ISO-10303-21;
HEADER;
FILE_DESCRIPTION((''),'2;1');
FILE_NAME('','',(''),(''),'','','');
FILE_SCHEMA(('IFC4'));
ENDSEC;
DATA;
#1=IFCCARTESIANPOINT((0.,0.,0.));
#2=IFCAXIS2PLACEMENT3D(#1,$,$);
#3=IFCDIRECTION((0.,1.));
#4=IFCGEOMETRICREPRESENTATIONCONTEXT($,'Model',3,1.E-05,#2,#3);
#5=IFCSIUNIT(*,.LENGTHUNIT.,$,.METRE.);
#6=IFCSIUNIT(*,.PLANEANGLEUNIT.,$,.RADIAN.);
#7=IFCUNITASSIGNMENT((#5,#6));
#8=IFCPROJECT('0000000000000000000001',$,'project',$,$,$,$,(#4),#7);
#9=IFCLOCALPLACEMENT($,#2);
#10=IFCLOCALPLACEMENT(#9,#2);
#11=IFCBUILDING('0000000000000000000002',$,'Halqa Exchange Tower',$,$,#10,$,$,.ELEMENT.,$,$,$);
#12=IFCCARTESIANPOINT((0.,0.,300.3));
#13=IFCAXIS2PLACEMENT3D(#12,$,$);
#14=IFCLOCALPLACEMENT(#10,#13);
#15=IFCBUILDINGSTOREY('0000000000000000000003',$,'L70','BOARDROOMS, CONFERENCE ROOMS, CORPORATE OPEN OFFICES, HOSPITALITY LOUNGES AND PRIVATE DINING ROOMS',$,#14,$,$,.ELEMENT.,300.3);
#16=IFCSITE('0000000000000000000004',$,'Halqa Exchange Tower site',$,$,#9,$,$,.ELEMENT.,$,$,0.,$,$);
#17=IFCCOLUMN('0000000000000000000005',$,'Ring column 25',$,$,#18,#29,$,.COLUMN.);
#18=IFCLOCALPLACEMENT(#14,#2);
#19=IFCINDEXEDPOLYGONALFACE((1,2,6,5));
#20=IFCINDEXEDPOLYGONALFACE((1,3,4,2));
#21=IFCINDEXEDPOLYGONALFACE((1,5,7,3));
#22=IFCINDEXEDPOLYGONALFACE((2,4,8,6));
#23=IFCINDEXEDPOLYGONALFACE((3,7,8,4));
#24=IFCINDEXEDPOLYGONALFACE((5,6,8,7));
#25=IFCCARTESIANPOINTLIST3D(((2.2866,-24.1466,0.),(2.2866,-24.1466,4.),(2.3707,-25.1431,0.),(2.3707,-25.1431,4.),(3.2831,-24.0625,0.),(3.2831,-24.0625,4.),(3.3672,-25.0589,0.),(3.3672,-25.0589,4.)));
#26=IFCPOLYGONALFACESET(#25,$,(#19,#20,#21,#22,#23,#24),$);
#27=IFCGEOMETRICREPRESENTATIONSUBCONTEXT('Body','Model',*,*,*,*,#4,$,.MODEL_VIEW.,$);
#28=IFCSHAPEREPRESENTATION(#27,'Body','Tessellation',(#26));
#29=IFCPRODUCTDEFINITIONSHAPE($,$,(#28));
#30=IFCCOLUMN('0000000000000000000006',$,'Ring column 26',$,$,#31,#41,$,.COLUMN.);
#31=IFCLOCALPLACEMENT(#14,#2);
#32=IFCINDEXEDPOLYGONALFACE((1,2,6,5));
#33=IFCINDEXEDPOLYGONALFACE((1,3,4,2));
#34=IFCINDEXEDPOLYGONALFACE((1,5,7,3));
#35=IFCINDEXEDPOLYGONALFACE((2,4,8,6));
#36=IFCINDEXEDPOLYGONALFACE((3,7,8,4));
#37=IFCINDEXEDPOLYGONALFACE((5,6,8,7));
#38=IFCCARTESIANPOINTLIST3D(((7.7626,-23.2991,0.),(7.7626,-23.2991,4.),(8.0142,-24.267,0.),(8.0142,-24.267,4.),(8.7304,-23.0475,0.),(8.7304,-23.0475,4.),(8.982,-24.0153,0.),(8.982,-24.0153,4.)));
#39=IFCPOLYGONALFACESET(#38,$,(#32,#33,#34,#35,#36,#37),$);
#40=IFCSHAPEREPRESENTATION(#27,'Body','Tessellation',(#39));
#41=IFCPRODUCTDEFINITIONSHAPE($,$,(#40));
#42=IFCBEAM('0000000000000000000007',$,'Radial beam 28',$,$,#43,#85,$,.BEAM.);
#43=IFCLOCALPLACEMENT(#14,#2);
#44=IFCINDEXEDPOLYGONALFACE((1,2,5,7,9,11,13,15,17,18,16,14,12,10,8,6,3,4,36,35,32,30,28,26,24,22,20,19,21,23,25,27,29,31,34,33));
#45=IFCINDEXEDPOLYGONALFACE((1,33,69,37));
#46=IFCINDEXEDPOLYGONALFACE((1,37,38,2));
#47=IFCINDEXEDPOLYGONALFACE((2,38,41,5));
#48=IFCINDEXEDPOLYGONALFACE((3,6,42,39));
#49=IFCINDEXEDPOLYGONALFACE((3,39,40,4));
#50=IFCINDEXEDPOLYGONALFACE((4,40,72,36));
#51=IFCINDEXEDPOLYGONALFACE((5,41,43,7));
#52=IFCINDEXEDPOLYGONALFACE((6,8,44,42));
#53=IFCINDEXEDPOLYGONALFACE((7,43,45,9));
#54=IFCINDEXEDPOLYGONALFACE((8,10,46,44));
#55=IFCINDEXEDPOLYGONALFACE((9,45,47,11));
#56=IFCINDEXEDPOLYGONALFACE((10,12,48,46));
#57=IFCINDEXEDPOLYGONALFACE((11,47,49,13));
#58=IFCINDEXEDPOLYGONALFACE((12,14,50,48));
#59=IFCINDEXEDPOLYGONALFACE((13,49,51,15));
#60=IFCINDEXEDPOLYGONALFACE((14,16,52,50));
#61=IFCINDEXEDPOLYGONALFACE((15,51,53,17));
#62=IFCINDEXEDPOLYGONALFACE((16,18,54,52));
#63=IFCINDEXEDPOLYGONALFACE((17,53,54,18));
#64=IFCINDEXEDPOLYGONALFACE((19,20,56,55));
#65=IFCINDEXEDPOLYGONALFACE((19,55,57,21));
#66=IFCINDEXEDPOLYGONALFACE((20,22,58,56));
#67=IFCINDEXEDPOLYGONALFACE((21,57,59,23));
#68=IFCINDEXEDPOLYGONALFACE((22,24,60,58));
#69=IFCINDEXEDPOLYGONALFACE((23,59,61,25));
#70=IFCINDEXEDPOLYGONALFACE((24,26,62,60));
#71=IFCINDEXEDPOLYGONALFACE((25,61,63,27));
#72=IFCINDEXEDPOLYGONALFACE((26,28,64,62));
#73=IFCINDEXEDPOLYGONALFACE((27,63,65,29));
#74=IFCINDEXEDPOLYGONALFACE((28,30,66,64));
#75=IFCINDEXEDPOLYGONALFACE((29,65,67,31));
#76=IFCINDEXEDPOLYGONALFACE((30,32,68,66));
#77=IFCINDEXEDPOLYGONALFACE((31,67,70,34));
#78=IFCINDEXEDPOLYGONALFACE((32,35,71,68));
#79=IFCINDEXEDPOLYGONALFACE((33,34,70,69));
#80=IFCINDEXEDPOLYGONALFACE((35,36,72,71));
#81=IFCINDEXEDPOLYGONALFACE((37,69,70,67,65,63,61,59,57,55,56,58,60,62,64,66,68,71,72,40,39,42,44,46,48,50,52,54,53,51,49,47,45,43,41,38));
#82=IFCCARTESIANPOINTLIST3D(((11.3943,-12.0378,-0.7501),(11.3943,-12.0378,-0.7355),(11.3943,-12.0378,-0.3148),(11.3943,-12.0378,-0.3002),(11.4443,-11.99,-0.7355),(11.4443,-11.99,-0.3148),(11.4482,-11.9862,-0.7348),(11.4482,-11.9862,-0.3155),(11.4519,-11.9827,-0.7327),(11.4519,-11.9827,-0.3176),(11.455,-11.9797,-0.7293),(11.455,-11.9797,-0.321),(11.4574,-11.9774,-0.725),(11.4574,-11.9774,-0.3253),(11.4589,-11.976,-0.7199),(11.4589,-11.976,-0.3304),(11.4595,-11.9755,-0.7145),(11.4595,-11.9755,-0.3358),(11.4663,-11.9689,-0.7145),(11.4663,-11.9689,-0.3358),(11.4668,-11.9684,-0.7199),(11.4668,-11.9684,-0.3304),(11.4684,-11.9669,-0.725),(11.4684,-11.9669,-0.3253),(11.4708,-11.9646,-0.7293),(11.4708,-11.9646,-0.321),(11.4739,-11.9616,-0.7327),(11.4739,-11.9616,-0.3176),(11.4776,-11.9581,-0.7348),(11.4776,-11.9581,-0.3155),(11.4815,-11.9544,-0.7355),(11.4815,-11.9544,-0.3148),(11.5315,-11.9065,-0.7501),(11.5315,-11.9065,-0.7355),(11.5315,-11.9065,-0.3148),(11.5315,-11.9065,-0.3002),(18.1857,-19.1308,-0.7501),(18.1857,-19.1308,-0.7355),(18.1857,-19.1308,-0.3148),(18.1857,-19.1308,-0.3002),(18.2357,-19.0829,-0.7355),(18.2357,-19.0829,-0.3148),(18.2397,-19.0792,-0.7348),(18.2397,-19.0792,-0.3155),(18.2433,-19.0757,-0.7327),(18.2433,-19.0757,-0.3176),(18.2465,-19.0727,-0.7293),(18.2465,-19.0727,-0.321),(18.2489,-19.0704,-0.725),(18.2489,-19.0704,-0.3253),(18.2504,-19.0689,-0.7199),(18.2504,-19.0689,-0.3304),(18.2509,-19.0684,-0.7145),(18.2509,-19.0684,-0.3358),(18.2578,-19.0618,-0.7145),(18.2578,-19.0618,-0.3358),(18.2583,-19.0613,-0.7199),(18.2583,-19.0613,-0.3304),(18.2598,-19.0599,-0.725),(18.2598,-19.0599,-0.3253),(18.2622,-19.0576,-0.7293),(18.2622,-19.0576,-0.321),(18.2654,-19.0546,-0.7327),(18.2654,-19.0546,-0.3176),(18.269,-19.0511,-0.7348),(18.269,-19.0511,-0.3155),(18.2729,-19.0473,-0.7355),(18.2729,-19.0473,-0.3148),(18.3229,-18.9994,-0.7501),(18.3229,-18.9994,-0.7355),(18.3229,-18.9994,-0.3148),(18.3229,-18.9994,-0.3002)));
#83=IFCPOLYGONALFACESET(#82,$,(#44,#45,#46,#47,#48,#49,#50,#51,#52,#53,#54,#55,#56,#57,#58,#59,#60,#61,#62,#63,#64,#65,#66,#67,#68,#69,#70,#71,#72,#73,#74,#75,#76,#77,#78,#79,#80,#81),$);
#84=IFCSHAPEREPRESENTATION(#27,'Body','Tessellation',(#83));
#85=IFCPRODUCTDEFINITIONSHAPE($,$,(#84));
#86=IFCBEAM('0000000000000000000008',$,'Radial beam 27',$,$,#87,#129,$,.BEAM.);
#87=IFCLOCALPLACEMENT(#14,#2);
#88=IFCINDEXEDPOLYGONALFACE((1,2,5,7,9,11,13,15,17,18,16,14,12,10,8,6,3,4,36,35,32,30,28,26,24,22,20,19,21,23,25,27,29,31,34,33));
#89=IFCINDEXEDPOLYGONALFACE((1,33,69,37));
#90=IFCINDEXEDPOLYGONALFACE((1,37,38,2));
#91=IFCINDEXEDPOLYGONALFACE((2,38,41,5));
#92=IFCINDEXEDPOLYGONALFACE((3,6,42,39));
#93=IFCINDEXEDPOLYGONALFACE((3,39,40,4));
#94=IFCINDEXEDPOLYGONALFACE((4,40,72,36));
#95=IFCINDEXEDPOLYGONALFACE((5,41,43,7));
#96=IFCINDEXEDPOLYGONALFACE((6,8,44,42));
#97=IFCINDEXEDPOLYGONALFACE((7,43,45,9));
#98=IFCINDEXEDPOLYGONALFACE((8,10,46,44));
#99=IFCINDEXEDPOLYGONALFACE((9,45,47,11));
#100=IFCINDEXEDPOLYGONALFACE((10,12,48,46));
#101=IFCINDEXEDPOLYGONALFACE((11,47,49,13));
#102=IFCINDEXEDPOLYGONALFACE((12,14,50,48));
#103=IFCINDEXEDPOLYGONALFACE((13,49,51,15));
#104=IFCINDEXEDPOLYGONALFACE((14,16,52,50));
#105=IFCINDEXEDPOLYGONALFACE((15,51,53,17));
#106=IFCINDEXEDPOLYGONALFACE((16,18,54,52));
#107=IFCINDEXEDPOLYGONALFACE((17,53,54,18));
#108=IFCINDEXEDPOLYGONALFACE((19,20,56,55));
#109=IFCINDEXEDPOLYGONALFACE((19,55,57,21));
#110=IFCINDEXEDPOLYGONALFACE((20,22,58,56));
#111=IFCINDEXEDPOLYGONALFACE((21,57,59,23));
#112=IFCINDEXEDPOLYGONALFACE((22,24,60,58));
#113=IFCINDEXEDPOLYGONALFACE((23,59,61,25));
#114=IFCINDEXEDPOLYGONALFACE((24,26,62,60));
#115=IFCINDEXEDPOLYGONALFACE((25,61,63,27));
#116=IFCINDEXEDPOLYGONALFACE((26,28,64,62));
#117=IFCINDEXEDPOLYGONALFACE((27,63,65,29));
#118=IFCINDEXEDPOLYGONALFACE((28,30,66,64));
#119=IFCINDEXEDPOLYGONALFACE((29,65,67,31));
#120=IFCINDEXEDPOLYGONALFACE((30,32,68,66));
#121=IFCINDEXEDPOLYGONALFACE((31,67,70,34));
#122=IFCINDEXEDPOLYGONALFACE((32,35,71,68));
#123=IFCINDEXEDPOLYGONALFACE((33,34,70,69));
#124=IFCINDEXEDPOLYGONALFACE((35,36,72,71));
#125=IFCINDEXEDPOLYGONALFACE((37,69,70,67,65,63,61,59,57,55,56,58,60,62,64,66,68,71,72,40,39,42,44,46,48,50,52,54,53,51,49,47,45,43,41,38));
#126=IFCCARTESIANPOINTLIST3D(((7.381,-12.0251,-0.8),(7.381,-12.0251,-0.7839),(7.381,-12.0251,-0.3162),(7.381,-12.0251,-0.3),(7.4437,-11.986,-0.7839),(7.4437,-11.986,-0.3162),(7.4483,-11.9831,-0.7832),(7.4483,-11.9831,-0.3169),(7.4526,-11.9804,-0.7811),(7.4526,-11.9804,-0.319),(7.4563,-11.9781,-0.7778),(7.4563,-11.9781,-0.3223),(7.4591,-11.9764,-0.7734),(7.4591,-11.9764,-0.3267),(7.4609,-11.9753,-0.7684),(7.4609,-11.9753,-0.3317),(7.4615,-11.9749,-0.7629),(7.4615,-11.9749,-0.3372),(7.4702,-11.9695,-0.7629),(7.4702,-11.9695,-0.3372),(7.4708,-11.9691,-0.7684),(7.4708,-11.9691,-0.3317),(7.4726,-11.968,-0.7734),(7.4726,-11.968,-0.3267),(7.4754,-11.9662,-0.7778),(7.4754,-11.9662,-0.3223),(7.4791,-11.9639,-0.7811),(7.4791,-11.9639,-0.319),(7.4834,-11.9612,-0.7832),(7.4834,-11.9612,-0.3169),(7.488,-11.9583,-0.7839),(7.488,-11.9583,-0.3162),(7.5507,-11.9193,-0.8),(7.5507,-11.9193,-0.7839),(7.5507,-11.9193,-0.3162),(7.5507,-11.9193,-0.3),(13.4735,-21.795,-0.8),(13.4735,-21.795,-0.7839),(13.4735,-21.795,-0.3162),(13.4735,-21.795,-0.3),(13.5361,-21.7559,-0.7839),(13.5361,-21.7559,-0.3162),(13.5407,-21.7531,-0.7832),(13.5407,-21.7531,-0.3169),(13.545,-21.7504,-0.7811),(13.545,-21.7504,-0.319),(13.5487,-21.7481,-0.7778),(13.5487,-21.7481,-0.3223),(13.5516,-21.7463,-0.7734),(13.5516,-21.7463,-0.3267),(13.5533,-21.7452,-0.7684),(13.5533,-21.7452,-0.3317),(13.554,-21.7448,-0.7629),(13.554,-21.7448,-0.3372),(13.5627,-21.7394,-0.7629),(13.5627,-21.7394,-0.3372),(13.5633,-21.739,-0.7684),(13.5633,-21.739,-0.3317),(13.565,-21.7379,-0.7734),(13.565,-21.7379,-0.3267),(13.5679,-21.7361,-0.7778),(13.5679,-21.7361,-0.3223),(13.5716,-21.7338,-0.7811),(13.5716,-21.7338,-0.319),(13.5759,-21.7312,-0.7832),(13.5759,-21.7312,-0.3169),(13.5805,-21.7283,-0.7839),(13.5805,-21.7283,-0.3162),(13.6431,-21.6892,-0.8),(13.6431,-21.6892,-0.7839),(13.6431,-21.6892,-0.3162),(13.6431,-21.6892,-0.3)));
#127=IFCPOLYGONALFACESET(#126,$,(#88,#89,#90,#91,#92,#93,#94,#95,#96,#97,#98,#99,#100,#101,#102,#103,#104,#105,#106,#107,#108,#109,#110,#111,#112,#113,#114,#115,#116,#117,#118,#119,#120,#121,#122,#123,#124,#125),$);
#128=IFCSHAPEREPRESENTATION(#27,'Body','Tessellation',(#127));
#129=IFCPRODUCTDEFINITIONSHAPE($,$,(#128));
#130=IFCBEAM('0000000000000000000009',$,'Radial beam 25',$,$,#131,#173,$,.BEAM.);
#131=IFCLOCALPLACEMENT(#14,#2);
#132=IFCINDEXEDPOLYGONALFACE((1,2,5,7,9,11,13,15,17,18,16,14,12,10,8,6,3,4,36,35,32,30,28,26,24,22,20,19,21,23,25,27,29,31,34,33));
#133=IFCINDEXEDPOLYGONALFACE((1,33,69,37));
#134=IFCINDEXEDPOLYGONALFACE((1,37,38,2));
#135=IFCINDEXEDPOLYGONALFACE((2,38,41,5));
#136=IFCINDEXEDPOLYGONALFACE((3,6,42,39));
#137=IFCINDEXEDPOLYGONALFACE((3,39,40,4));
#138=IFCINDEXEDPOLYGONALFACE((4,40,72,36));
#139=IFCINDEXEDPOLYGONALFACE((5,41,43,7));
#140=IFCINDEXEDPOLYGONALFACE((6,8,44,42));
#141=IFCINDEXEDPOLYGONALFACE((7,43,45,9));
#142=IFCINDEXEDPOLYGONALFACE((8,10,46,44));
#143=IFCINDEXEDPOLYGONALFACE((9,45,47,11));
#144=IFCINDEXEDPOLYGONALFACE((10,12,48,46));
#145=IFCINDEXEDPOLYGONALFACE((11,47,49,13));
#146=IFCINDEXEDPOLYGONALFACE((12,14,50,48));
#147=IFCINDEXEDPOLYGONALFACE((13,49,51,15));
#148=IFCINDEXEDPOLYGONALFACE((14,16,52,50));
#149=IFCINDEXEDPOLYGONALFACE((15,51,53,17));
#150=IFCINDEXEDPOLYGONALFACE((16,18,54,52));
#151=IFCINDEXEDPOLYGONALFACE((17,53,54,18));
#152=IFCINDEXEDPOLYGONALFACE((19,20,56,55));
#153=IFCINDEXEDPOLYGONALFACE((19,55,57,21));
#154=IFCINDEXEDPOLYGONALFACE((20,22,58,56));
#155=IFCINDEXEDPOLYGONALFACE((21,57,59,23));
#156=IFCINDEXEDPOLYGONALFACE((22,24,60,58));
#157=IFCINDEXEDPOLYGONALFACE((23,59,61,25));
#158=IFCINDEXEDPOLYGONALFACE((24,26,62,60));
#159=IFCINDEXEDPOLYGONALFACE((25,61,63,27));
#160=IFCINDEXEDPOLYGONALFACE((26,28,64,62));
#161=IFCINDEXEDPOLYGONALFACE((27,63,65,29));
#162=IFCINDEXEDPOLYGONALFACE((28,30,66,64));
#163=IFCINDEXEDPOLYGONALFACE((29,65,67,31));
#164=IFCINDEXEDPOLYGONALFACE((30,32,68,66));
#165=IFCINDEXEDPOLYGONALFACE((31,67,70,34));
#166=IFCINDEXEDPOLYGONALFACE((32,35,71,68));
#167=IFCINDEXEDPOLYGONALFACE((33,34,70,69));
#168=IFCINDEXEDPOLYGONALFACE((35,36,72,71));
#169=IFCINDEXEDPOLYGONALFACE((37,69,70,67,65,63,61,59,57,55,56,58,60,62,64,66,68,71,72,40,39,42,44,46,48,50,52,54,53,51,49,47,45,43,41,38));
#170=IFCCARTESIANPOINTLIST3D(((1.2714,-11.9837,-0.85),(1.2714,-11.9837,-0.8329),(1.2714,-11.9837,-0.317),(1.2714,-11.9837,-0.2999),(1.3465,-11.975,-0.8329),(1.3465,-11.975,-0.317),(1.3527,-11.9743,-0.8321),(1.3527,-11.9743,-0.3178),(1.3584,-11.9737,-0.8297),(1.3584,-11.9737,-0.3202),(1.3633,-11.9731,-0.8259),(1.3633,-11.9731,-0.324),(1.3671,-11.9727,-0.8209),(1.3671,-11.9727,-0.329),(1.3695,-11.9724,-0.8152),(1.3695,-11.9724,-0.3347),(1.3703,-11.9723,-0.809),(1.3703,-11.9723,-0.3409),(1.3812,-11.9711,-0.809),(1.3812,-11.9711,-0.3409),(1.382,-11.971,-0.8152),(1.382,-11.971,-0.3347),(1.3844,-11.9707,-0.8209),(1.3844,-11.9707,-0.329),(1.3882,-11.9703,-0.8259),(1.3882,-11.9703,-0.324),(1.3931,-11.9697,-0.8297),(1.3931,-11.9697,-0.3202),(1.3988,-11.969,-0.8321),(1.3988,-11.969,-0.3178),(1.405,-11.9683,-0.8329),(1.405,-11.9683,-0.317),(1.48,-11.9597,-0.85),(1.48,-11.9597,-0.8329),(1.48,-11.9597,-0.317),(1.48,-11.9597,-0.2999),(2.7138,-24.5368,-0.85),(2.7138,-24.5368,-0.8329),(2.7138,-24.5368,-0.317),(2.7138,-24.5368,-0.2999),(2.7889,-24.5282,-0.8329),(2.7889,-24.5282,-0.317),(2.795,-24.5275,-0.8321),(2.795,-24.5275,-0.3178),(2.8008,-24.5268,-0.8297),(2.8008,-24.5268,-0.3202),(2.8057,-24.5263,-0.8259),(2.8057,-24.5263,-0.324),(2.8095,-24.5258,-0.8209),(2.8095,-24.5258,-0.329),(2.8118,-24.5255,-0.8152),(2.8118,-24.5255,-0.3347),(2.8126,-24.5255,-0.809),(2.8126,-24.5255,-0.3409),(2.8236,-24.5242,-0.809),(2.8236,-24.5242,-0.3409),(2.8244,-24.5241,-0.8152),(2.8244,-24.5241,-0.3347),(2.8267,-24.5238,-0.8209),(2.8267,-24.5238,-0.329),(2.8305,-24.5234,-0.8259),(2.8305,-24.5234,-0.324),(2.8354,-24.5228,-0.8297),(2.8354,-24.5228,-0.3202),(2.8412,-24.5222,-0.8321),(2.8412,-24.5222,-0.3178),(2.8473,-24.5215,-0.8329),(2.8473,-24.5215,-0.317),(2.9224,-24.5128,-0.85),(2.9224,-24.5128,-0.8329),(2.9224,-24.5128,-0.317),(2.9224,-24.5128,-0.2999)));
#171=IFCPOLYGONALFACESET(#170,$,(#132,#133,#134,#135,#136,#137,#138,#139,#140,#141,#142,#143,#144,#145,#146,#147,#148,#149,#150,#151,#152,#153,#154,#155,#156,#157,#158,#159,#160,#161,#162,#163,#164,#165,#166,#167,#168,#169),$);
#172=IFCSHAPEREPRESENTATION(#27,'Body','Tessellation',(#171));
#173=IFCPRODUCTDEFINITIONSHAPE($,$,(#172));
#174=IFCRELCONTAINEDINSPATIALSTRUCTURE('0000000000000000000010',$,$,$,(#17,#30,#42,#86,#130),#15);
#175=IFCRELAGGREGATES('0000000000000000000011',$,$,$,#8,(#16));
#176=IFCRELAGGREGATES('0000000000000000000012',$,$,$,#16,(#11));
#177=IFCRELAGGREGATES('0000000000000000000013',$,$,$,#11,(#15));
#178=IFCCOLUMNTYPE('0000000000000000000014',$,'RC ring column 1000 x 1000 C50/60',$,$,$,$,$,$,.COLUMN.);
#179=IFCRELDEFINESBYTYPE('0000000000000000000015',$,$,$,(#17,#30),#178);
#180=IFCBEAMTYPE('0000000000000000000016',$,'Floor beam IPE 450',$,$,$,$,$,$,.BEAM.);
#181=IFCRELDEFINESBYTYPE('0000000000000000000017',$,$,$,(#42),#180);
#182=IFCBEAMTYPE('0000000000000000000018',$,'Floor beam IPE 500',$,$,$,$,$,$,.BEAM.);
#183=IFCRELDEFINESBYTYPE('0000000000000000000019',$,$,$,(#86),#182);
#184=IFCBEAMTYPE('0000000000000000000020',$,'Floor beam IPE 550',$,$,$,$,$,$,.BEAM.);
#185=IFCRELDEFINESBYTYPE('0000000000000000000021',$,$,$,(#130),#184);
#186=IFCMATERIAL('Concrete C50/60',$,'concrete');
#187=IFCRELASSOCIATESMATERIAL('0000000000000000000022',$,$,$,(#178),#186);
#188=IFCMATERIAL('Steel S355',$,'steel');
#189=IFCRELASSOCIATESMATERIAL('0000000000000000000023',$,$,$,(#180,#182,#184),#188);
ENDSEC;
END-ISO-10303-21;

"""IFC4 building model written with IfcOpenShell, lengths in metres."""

from ifc_helpers import new_model, si_unit, direction, frame, origin, origin_2d, place, context, subcontext, project, spatial, rectangle, i_section, extrude, material, material_profile, profile_set, type_object, element, save


model = new_model("IFC4")

# Units and contexts
model_context = context("Model", 3, precision=1e-05, world=origin(), true_north=direction((0.0, 1.0)))
body_context = subcontext(model_context, "Body", "Model", "MODEL_VIEW")
ifc_project = project(units=[si_unit("LENGTHUNIT", "METRE"), si_unit("PLANEANGLEUNIT", "RADIAN")], contexts=[model_context])

# Site, building, storey
site_placement = place(None, origin())
site = spatial("IfcSite", under=ifc_project, at=site_placement, Name="Halqa Exchange Tower site", CompositionType="ELEMENT", RefElevation=0.0)
building_placement = place(site_placement, origin())
building = spatial("IfcBuilding", under=site, at=building_placement, Name="Halqa Exchange Tower", CompositionType="ELEMENT")
storey_placement = place(building_placement, frame((0.0, 0.0, 300.3)))
storey = spatial("IfcBuildingStorey", under=building, at=storey_placement, Name="L70", Description="BOARDROOMS, CONFERENCE ROOMS, CORPORATE OPEN OFFICES, HOSPITALITY LOUNGES AND PRIVATE DINING ROOMS", CompositionType="ELEMENT", Elevation=300.3)

# Columns
ifc_material_1 = material(Name="Concrete C50/60", Category="concrete")
ifc_material_profile_1 = material_profile(ifc_material_1, rectangle(XDim=1.0, YDim=1.0, at=origin_2d()), Name="1000 x 1000")
ifc_profile_set_1 = profile_set([ifc_material_profile_1], Name="Concrete C50/60")
column_type = type_object("IfcColumnType", Name="RC ring column 1000 x 1000 C50/60", PredefinedType="COLUMN", material=ifc_profile_set_1)
for number, where, z_axis, x_axis, name in (
    (1, (2.8269, -24.6028, 0.0), (0.0, 0.0, 1.0), (0.996455, 0.084125, 0.0), "Ring column 25"),
    (2, (8.3723, -23.6572, 0.0), (0.0, 0.0, 1.0), (0.96782, 0.251645, 0.0), "Ring column 26"),
):
    element("IfcColumn", number, at=place(storey_placement, frame(where, z_axis=z_axis, x_axis=x_axis)), inside=storey, type_object=column_type, Name=name, PredefinedType="COLUMN", context=body_context, shape_type="SweptSolid", body=[
        extrude(rectangle(XDim=1.0, YDim=1.0, at=origin_2d()), origin(), (0.0, 0.0, 1.0), 4.0),
    ])

# Beams
ifc_material_2 = material(Name="Steel S355", Category="steel")
ifc_material_profile_2 = material_profile(ifc_material_2, i_section(OverallWidth=0.1899, OverallDepth=0.45, WebThickness=0.0095, FlangeThickness=0.0146, FilletRadius=0.021, at=origin_2d()), Name="IPE 450")
ifc_profile_set_2 = profile_set([ifc_material_profile_2], Name="Steel S355")
beam_type_1 = type_object("IfcBeamType", Name="Floor beam IPE 450", PredefinedType="BEAM", material=ifc_profile_set_2)
beam_1_placement = place(storey_placement, frame((11.4629, -11.9722, -0.5251), z_axis=(0.691588, -0.722292, 0.0), x_axis=(0.722292, 0.691588, 0.0)))
element("IfcBeam", 3, at=beam_1_placement, inside=storey, type_object=beam_type_1, Name="Radial beam 28", PredefinedType="BEAM", context=body_context, shape_type="SweptSolid", body=[
    extrude(i_section(OverallWidth=0.1899, OverallDepth=0.45, WebThickness=0.0095, FlangeThickness=0.0146, FilletRadius=0.021, at=origin_2d()), origin(), (0.0, 0.0, 1.0), 9.8201),
])
ifc_material_profile_3 = material_profile(ifc_material_2, i_section(OverallWidth=0.2, OverallDepth=0.5, WebThickness=0.0103, FlangeThickness=0.0161, FilletRadius=0.021, at=origin_2d()), Name="IPE 500")
ifc_profile_set_3 = profile_set([ifc_material_profile_3], Name="Steel S355")
beam_type_2 = type_object("IfcBeamType", Name="Floor beam IPE 500", PredefinedType="BEAM", material=ifc_profile_set_3)
beam_2_placement = place(storey_placement, frame((7.4658, -11.9722, -0.55), z_axis=(0.529141, -0.848534, 0.0), x_axis=(0.848534, 0.529141, 0.0)))
element("IfcBeam", 4, at=beam_2_placement, inside=storey, type_object=beam_type_2, Name="Radial beam 27", PredefinedType="BEAM", context=body_context, shape_type="SweptSolid", body=[
    extrude(i_section(OverallWidth=0.2, OverallDepth=0.5, WebThickness=0.0103, FlangeThickness=0.0161, FilletRadius=0.021, at=origin_2d()), origin(), (0.0, 0.0, 1.0), 11.5139),
])
ifc_material_profile_4 = material_profile(ifc_material_2, i_section(OverallWidth=0.21, OverallDepth=0.55, WebThickness=0.011, FlangeThickness=0.0171, FilletRadius=0.0239, at=origin_2d()), Name="IPE 550")
ifc_profile_set_4 = profile_set([ifc_material_profile_4], Name="Steel S355")
beam_type_3 = type_object("IfcBeamType", Name="Floor beam IPE 550", PredefinedType="BEAM", material=ifc_profile_set_4)
beam_3_placement = place(storey_placement, frame((1.3757, -11.9717, -0.575), z_axis=(0.11415, -0.993463, 0.0), x_axis=(0.993463, 0.11415, 0.0)))
element("IfcBeam", 5, at=beam_3_placement, inside=storey, type_object=beam_type_3, Name="Radial beam 25", PredefinedType="BEAM", context=body_context, shape_type="SweptSolid", body=[
    extrude(i_section(OverallWidth=0.21, OverallDepth=0.55, WebThickness=0.011, FlangeThickness=0.0171, FilletRadius=0.0239, at=origin_2d()), origin(), (0.0, 0.0, 1.0), 12.6357),
])

save(model, "model.ifc")
